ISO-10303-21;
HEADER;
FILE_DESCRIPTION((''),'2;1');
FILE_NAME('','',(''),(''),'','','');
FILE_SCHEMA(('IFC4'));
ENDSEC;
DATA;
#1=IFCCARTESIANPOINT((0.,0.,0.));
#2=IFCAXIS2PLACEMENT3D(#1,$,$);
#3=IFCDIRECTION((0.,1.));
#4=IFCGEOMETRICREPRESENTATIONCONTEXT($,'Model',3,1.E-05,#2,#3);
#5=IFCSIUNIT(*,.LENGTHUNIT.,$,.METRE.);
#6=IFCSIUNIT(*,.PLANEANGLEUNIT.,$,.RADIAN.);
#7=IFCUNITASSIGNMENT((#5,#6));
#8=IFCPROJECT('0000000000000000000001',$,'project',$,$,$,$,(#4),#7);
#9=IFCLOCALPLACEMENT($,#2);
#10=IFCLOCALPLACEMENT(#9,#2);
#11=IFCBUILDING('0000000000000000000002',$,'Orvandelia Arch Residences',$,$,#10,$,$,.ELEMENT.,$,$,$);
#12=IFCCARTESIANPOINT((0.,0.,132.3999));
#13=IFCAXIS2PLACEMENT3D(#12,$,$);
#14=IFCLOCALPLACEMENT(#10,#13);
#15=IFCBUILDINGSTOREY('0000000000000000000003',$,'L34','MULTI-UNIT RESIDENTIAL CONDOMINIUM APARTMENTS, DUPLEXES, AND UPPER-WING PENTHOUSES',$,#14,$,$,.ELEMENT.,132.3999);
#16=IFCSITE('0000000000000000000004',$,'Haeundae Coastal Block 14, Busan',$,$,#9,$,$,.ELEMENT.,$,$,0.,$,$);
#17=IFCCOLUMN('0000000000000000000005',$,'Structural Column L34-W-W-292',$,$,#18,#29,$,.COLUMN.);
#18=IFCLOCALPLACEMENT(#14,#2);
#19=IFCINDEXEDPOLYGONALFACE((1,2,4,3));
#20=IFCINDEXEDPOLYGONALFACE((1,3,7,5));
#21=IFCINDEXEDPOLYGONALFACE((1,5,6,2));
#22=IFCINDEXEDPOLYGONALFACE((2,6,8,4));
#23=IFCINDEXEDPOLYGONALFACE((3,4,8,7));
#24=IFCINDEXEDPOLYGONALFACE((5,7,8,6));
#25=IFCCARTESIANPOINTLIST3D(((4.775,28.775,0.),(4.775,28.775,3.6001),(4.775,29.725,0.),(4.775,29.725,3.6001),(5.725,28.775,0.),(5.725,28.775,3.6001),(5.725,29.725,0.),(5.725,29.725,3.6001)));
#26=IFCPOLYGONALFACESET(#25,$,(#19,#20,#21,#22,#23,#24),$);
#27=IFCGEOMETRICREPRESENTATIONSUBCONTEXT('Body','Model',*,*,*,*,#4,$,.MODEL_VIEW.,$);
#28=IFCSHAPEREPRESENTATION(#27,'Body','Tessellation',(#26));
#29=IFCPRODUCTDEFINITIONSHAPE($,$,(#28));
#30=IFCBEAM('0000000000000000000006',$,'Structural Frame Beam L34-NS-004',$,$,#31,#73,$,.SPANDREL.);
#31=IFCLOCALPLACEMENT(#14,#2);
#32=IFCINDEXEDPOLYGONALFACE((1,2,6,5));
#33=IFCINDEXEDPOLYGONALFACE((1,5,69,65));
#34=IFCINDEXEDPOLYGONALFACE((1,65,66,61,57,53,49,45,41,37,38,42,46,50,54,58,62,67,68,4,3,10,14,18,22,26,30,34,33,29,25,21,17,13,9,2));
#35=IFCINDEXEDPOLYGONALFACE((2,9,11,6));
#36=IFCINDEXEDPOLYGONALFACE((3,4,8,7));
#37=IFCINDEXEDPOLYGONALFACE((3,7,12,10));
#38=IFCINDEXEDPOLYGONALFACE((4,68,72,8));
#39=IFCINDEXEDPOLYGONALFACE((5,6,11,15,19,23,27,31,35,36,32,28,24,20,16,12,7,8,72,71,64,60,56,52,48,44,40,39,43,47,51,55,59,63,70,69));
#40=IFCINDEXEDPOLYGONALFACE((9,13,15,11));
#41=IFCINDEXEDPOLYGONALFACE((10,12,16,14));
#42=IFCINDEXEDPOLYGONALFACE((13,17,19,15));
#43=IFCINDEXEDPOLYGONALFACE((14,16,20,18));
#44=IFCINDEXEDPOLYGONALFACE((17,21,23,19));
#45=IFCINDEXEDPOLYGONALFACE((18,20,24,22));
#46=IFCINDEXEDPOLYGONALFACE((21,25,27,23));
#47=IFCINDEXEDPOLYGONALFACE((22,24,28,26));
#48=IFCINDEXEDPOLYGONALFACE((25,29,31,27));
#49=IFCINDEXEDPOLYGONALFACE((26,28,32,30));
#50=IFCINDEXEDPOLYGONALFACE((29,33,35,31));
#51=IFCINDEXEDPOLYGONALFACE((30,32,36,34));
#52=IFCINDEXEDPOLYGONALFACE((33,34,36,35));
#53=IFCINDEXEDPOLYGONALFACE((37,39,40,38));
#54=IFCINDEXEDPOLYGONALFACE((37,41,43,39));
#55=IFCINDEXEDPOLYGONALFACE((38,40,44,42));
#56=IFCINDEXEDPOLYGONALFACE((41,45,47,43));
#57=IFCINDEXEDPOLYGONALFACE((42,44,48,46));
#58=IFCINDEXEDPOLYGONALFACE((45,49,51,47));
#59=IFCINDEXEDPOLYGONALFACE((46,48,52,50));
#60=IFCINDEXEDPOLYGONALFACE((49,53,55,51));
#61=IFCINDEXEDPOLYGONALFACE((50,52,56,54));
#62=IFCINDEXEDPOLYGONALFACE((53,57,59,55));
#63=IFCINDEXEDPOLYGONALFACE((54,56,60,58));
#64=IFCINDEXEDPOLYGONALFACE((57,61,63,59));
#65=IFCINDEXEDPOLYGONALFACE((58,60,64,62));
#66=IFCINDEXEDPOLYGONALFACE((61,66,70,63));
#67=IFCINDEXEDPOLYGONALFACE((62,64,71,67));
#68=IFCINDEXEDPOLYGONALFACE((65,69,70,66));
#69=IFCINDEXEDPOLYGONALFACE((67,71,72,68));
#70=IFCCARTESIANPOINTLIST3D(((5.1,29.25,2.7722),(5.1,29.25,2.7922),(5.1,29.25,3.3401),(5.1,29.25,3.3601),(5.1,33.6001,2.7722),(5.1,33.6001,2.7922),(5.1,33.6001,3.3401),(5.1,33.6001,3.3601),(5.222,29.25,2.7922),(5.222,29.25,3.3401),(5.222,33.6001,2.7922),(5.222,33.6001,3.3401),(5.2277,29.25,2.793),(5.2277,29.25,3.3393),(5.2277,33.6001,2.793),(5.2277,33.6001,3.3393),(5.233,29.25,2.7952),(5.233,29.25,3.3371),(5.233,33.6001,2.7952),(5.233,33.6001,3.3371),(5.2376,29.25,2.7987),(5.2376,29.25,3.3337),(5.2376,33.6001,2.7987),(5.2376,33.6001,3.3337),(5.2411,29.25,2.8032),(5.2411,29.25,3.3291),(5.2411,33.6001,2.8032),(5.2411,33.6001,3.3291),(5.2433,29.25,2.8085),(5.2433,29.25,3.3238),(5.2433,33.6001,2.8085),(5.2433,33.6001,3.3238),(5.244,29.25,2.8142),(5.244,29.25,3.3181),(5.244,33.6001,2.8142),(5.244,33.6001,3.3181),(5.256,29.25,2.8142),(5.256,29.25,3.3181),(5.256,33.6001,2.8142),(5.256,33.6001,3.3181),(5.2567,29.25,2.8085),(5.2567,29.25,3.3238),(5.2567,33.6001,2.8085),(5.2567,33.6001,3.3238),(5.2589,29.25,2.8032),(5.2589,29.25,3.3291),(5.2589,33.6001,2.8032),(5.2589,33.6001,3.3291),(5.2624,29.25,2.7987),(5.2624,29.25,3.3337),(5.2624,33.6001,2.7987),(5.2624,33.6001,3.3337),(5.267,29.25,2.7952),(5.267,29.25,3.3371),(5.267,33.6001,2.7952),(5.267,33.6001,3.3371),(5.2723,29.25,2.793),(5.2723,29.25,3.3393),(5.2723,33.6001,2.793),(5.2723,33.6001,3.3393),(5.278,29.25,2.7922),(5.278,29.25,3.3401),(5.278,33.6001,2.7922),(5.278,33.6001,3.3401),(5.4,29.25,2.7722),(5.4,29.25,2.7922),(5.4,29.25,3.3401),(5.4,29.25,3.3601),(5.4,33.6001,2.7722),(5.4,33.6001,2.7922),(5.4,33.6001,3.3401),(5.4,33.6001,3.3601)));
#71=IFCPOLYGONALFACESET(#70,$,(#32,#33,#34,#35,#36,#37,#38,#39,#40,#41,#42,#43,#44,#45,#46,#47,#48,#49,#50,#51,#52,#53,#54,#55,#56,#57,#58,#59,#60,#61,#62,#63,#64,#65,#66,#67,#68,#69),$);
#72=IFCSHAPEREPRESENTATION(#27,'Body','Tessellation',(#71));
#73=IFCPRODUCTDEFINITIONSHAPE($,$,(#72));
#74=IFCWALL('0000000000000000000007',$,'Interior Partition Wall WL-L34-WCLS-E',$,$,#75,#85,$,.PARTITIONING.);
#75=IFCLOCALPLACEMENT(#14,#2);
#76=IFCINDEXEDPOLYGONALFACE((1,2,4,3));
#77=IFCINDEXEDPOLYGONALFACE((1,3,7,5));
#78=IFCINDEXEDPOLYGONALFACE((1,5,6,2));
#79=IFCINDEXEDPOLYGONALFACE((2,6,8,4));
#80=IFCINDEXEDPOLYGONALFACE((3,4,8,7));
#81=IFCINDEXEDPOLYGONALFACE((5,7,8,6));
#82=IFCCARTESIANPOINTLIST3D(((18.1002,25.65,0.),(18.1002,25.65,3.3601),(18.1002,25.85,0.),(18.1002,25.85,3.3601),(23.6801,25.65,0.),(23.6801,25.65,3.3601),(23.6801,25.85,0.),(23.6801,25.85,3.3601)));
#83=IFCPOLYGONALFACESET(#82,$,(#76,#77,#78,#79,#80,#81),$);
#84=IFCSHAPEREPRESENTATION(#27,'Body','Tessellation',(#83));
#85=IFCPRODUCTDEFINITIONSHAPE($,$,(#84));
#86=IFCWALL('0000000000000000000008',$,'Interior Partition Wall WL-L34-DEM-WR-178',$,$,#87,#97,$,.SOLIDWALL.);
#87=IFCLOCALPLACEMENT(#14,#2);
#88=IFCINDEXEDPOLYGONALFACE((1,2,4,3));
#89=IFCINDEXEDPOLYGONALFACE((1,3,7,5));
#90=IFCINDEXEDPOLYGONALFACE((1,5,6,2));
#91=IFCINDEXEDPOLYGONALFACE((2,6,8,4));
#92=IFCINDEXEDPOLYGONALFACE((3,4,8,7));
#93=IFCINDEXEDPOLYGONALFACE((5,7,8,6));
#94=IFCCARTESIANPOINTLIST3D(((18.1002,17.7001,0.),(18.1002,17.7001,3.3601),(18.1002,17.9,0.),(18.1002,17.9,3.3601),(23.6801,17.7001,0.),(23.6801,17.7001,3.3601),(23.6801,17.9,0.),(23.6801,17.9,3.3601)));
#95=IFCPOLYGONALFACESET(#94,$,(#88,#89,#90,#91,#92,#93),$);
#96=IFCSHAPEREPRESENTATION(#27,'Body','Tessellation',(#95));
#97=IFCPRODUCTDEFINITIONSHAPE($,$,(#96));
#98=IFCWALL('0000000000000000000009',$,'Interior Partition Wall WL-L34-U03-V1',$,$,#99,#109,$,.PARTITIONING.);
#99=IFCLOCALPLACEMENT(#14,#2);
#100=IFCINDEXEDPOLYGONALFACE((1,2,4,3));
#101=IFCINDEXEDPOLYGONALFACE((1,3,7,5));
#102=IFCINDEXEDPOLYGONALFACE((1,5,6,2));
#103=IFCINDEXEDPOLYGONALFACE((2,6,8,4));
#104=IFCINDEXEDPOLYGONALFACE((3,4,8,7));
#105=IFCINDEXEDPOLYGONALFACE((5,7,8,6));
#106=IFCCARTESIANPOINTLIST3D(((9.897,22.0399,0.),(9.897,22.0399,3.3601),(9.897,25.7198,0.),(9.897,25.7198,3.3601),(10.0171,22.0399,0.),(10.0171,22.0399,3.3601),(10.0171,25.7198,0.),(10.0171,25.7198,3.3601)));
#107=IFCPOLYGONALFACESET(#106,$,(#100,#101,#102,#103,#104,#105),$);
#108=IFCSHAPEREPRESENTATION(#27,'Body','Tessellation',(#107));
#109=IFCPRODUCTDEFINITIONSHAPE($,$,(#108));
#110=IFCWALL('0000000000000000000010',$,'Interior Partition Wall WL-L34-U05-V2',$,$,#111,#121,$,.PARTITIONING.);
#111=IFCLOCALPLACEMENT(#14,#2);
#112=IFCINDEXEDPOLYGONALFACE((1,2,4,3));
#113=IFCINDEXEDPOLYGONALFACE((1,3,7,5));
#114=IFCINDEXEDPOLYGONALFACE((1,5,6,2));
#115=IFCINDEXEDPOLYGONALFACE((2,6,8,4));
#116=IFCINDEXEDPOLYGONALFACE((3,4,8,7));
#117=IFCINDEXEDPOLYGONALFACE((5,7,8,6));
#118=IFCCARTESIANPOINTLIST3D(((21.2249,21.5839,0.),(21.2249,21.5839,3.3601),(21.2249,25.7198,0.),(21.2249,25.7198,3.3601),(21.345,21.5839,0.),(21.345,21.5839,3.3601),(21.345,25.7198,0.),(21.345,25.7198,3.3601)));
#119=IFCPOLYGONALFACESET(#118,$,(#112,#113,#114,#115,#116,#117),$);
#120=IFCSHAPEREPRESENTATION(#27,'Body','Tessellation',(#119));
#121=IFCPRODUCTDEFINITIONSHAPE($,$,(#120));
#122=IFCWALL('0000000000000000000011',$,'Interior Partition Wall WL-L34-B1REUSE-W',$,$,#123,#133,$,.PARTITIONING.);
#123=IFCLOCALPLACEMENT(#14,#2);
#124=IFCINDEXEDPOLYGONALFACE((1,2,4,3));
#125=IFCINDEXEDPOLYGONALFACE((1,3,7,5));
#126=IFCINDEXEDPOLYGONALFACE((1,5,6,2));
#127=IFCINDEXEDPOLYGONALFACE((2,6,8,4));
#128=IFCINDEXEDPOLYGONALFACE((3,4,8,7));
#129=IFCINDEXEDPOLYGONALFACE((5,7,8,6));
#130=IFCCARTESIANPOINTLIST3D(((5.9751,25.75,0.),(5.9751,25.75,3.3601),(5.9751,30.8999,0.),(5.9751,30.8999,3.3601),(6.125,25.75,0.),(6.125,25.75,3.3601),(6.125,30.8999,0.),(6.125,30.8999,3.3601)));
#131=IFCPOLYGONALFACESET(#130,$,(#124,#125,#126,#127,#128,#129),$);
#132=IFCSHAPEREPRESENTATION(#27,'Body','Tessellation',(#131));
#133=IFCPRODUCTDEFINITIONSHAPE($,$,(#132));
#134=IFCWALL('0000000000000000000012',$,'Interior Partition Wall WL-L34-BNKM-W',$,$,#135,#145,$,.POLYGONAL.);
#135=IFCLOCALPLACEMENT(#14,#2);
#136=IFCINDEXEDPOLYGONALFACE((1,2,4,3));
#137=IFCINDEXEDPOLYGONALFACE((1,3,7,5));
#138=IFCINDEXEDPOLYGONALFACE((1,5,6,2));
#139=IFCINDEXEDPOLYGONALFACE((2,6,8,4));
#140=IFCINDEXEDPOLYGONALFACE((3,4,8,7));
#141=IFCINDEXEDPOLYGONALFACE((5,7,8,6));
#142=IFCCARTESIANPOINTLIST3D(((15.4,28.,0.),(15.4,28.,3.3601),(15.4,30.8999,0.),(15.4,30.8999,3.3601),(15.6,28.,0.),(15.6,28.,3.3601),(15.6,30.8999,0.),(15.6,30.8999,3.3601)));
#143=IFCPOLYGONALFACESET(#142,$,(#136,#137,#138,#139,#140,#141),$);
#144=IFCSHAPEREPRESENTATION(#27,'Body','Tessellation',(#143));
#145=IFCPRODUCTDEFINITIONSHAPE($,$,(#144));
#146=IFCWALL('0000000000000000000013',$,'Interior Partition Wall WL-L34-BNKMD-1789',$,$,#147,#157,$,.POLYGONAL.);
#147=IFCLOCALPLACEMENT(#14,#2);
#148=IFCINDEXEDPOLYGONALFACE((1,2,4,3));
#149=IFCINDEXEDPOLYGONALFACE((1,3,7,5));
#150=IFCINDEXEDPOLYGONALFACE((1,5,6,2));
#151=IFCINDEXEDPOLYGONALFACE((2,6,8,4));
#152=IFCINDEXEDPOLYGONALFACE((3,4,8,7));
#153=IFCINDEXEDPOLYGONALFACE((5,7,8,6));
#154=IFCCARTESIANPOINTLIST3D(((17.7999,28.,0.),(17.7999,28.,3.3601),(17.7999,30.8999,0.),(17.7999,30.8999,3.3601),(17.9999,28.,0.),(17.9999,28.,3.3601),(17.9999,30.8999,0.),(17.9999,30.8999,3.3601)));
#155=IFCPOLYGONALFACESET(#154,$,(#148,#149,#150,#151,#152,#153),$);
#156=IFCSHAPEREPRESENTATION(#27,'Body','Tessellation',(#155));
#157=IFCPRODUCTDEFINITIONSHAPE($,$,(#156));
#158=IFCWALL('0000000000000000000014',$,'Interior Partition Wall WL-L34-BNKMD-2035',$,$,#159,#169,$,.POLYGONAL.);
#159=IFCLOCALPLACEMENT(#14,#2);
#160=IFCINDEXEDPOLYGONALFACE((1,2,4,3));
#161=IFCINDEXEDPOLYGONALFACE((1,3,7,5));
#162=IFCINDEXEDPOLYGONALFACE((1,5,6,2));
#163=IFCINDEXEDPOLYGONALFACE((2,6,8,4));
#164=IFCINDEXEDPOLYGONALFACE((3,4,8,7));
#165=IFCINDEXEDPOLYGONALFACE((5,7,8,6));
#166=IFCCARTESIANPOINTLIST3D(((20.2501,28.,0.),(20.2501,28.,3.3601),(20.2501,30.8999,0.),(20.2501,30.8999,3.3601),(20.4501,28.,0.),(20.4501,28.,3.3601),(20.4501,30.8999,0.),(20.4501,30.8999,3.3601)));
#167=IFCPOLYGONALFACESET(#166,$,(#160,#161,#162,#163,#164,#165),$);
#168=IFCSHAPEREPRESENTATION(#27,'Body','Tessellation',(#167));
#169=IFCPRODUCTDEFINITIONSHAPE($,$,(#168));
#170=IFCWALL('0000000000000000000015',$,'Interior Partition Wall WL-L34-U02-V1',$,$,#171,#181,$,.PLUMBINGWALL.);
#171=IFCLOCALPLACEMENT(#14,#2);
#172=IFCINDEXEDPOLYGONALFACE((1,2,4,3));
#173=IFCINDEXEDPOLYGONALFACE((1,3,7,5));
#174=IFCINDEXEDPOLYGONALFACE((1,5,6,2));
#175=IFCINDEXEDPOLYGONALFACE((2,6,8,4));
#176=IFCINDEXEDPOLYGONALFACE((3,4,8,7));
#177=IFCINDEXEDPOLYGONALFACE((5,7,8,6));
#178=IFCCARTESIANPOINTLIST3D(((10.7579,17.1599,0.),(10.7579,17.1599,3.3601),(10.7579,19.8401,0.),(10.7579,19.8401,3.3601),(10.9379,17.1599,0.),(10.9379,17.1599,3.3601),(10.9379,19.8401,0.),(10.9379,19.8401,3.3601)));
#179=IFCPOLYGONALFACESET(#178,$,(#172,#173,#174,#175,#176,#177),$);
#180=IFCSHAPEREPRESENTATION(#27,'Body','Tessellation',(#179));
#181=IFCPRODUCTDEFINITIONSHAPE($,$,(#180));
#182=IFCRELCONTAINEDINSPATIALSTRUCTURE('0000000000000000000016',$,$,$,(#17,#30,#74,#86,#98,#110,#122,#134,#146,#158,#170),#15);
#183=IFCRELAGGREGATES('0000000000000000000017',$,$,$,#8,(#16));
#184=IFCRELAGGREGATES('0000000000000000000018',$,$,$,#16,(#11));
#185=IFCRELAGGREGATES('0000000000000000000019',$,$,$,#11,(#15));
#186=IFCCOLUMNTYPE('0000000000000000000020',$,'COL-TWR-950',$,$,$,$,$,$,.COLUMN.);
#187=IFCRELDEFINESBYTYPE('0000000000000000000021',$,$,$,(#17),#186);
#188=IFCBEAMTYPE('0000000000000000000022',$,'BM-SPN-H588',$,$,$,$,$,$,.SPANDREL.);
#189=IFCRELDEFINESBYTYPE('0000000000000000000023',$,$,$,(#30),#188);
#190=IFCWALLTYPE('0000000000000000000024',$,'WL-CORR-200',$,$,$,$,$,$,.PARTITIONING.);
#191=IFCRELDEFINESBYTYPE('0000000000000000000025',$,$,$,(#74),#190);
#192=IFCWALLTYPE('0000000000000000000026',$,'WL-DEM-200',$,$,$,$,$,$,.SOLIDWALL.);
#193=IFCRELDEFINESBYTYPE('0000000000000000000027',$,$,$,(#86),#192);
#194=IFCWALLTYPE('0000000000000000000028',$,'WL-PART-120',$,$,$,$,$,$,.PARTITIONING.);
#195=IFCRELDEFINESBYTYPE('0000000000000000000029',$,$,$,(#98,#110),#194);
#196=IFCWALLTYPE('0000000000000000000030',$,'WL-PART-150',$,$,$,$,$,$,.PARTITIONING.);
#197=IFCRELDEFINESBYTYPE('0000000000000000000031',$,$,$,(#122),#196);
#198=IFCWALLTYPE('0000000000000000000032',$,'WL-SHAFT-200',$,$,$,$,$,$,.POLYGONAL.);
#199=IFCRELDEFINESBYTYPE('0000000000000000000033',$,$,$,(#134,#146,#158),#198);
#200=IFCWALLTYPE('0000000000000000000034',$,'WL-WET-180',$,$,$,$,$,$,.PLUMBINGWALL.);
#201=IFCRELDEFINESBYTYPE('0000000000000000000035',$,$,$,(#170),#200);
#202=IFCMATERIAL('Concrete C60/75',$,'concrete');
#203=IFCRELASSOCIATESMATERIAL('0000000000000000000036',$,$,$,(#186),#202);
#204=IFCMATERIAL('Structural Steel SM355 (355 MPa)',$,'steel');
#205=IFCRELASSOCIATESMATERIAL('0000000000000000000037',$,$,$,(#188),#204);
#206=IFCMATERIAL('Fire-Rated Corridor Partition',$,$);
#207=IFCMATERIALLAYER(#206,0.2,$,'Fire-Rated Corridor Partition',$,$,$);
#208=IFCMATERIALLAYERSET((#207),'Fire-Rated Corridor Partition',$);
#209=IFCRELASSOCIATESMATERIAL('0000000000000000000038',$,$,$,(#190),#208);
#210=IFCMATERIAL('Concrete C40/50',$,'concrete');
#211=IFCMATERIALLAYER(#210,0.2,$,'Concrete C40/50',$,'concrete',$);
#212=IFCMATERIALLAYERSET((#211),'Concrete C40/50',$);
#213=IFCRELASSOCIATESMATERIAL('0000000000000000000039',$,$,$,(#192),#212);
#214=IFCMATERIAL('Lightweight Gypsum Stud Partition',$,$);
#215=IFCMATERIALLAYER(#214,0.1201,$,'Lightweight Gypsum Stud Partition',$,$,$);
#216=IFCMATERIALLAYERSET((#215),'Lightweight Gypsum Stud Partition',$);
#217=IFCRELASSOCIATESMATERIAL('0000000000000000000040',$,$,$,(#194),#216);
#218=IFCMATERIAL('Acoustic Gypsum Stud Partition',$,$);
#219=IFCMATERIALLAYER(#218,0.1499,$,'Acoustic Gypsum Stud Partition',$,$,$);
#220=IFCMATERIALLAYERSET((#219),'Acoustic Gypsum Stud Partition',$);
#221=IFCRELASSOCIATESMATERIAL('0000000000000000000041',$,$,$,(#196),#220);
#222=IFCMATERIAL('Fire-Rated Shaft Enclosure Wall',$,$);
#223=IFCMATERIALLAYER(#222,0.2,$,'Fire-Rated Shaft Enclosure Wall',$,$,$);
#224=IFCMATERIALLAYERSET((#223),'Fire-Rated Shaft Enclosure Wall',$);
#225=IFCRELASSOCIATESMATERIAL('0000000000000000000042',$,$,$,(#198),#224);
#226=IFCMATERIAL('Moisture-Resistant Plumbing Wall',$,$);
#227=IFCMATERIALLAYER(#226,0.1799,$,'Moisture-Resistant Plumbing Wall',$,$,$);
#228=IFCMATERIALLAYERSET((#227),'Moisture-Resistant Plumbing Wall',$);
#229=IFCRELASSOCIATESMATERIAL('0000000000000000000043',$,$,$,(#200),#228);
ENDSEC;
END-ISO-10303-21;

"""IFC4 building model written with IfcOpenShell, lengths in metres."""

from ifc_helpers import new_model, si_unit, direction, frame, frame_2d, origin, origin_2d, place, context, subcontext, project, spatial, rectangle, i_section, extrude, material, layer, layer_set, material_profile, profile_set, type_object, element, save


model = new_model("IFC4")

# Units and contexts
model_context = context("Model", 3, precision=1e-05, world=origin(), true_north=direction((0.0, 1.0)))
body_context = subcontext(model_context, "Body", "Model", "MODEL_VIEW")
ifc_project = project(units=[si_unit("LENGTHUNIT", "METRE"), si_unit("PLANEANGLEUNIT", "RADIAN")], contexts=[model_context])

# Site, building, storey
site_placement = place(None, origin())
site = spatial("IfcSite", under=ifc_project, at=site_placement, Name="Haeundae Coastal Block 14, Busan", CompositionType="ELEMENT", RefElevation=0.0)
building_placement = place(site_placement, origin())
building = spatial("IfcBuilding", under=site, at=building_placement, Name="Orvandelia Arch Residences", CompositionType="ELEMENT")
storey_placement = place(building_placement, frame((0.0, 0.0, 132.3999)))
storey = spatial("IfcBuildingStorey", under=building, at=storey_placement, Name="L34", Description="MULTI-UNIT RESIDENTIAL CONDOMINIUM APARTMENTS, DUPLEXES, AND UPPER-WING PENTHOUSES", CompositionType="ELEMENT", Elevation=132.3999)

# Column
ifc_material_1 = material(Name="Concrete C60/75", Category="concrete")
ifc_material_profile_1 = material_profile(ifc_material_1, rectangle(XDim=0.95, YDim=0.95, at=origin_2d()), Name="Concrete C60/75", Category="concrete")
ifc_profile_set_1 = profile_set([ifc_material_profile_1], Name="Concrete C60/75")
column_type = type_object("IfcColumnType", Name="COL-TWR-950", PredefinedType="COLUMN", material=ifc_profile_set_1)
column_placement = place(storey_placement, frame((5.25, 29.25, 0.0), z_axis=(0.0, 0.0, 1.0), x_axis=(1.0, 0.0, 0.0)))
element("IfcColumn", 1, at=column_placement, inside=storey, type_object=column_type, Name="Structural Column L34-W-W-292", PredefinedType="COLUMN", context=body_context, shape_type="SweptSolid", body=[
    extrude(rectangle(XDim=0.95, YDim=0.95, at=origin_2d()), origin(), (0.0, 0.0, 1.0), 3.6001),
])

# Beam
ifc_material_2 = material(Name="Structural Steel SM355 (355 MPa)", Category="steel")
ifc_material_profile_2 = material_profile(ifc_material_2, i_section(OverallWidth=0.3, OverallDepth=0.5879, WebThickness=0.012, FlangeThickness=0.02, FilletRadius=0.022, at=origin_2d()), Name="Structural Steel SM355 (355 MPa)", Category="steel")
ifc_profile_set_2 = profile_set([ifc_material_profile_2], Name="Structural Steel SM355 (355 MPa)")
beam_type = type_object("IfcBeamType", Name="BM-SPN-H588", PredefinedType="SPANDREL", material=ifc_profile_set_2)
beam_placement = place(storey_placement, frame((5.25, 29.25, 3.0662), z_axis=(0.0, 1.0, 0.0), x_axis=(-1.0, 0.0, 0.0)))
element("IfcBeam", 2, at=beam_placement, inside=storey, type_object=beam_type, Name="Structural Frame Beam L34-NS-004", PredefinedType="SPANDREL", context=body_context, shape_type="SweptSolid", body=[
    extrude(i_section(OverallWidth=0.3, OverallDepth=0.5879, WebThickness=0.012, FlangeThickness=0.02, FilletRadius=0.022, at=origin_2d()), origin(), (0.0, 0.0, 1.0), 4.3501),
])

# Walls
ifc_material_3 = material(Name="Fire-Rated Corridor Partition")
ifc_layer_1 = layer(ifc_material_3, 0.2, Name="Fire-Rated Corridor Partition")
ifc_layer_set_1 = layer_set([ifc_layer_1], Name="Fire-Rated Corridor Partition")
wall_type_1 = type_object("IfcWallType", Name="WL-CORR-200", PredefinedType="PARTITIONING", material=ifc_layer_set_1)
wall_1_placement = place(storey_placement, frame((18.1001, 25.75, 0.0), z_axis=(0.0, 0.0, 1.0), x_axis=(1.0, 0.0, 0.0)))
element("IfcWall", 3, at=wall_1_placement, inside=storey, type_object=wall_type_1, Name="Interior Partition Wall WL-L34-WCLS-E", PredefinedType="PARTITIONING", context=body_context, shape_type="SweptSolid", body=[
    extrude(rectangle(XDim=5.5798, YDim=0.2, at=frame_2d((2.79, 0.0))), origin(), (0.0, 0.0, 1.0), 3.3601),
])
ifc_material_4 = material(Name="Concrete C40/50", Category="concrete")
ifc_layer_2 = layer(ifc_material_4, 0.2, Name="Concrete C40/50", Category="concrete")
ifc_layer_set_2 = layer_set([ifc_layer_2], Name="Concrete C40/50")
wall_type_2 = type_object("IfcWallType", Name="WL-DEM-200", PredefinedType="SOLIDWALL", material=ifc_layer_set_2)
wall_2_placement = place(storey_placement, frame((18.1001, 17.8, 0.0), z_axis=(0.0, 0.0, 1.0), x_axis=(1.0, 0.0, 0.0)))
element("IfcWall", 4, at=wall_2_placement, inside=storey, type_object=wall_type_2, Name="Interior Partition Wall WL-L34-DEM-WR-178", PredefinedType="SOLIDWALL", context=body_context, shape_type="SweptSolid", body=[
    extrude(rectangle(XDim=5.5798, YDim=0.2, at=frame_2d((2.79, 0.0))), origin(), (0.0, 0.0, 1.0), 3.3601),
])
ifc_material_5 = material(Name="Lightweight Gypsum Stud Partition")
ifc_layer_3 = layer(ifc_material_5, 0.1201, Name="Lightweight Gypsum Stud Partition")
ifc_layer_set_3 = layer_set([ifc_layer_3], Name="Lightweight Gypsum Stud Partition")
wall_type_3 = type_object("IfcWallType", Name="WL-PART-120", PredefinedType="PARTITIONING", material=ifc_layer_set_3)
wall_3_placement = place(storey_placement, frame((9.957, 22.04, 0.0), z_axis=(0.0, 0.0, 1.0), x_axis=(0.0, 1.0, 0.0)))
element("IfcWall", 5, at=wall_3_placement, inside=storey, type_object=wall_type_3, Name="Interior Partition Wall WL-L34-U03-V1", PredefinedType="PARTITIONING", context=body_context, shape_type="SweptSolid", body=[
    extrude(rectangle(XDim=3.6799, YDim=0.1201, at=frame_2d((1.8398, 0.0))), origin(), (0.0, 0.0, 1.0), 3.3601),
])
wall_4_placement = place(storey_placement, frame((21.2849, 21.584, 0.0), z_axis=(0.0, 0.0, 1.0), x_axis=(0.0, 1.0, 0.0)))
element("IfcWall", 6, at=wall_4_placement, inside=storey, type_object=wall_type_3, Name="Interior Partition Wall WL-L34-U05-V2", PredefinedType="PARTITIONING", context=body_context, shape_type="SweptSolid", body=[
    extrude(rectangle(XDim=4.136, YDim=0.1201, at=frame_2d((2.0679, 0.0))), origin(), (0.0, 0.0, 1.0), 3.3601),
])
ifc_material_6 = material(Name="Acoustic Gypsum Stud Partition")
ifc_layer_4 = layer(ifc_material_6, 0.1499, Name="Acoustic Gypsum Stud Partition")
ifc_layer_set_4 = layer_set([ifc_layer_4], Name="Acoustic Gypsum Stud Partition")
wall_type_4 = type_object("IfcWallType", Name="WL-PART-150", PredefinedType="PARTITIONING", material=ifc_layer_set_4)
wall_5_placement = place(storey_placement, frame((6.05, 25.75, 0.0), z_axis=(0.0, 0.0, 1.0), x_axis=(0.0, 1.0, 0.0)))
element("IfcWall", 7, at=wall_5_placement, inside=storey, type_object=wall_type_4, Name="Interior Partition Wall WL-L34-B1REUSE-W", PredefinedType="PARTITIONING", context=body_context, shape_type="SweptSolid", body=[
    extrude(rectangle(XDim=5.1499, YDim=0.1499, at=frame_2d((2.575, 0.0))), origin(), (0.0, 0.0, 1.0), 3.3601),
])

# Shared definitions
ifc_material_7 = material(Name="Fire-Rated Shaft Enclosure Wall")
ifc_layer_5 = layer(ifc_material_7, 0.2, Name="Fire-Rated Shaft Enclosure Wall")
ifc_layer_set_5 = layer_set([ifc_layer_5], Name="Fire-Rated Shaft Enclosure Wall")
wall_type_5 = type_object("IfcWallType", Name="WL-SHAFT-200", PredefinedType="POLYGONAL", material=ifc_layer_set_5)

# Walls
for number, where, z_axis, x_axis, name in (
    (8, (15.5, 28.0, 0.0), (0.0, 0.0, 1.0), (0.0, 1.0, 0.0), "Interior Partition Wall WL-L34-BNKM-W"),
    (9, (17.8999, 28.0, 0.0), (0.0, 0.0, 1.0), (0.0, 1.0, 0.0), "Interior Partition Wall WL-L34-BNKMD-1789"),
    (10, (20.3501, 28.0, 0.0), (0.0, 0.0, 1.0), (0.0, 1.0, 0.0), "Interior Partition Wall WL-L34-BNKMD-2035"),
):
    element("IfcWall", number, at=place(storey_placement, frame(where, z_axis=z_axis, x_axis=x_axis)), inside=storey, type_object=wall_type_5, Name=name, PredefinedType="POLYGONAL", context=body_context, shape_type="SweptSolid", body=[
        extrude(rectangle(XDim=2.8999, YDim=0.2, at=frame_2d((1.45, 0.0))), origin(), (0.0, 0.0, 1.0), 3.3601),
    ])
ifc_material_8 = material(Name="Moisture-Resistant Plumbing Wall")
ifc_layer_6 = layer(ifc_material_8, 0.1799, Name="Moisture-Resistant Plumbing Wall")
ifc_layer_set_6 = layer_set([ifc_layer_6], Name="Moisture-Resistant Plumbing Wall")
wall_type_6 = type_object("IfcWallType", Name="WL-WET-180", PredefinedType="PLUMBINGWALL", material=ifc_layer_set_6)
wall_6_placement = place(storey_placement, frame((10.8479, 17.1599, 0.0), z_axis=(0.0, 0.0, 1.0), x_axis=(0.0, 1.0, 0.0)))
element("IfcWall", 11, at=wall_6_placement, inside=storey, type_object=wall_type_6, Name="Interior Partition Wall WL-L34-U02-V1", PredefinedType="PLUMBINGWALL", context=body_context, shape_type="SweptSolid", body=[
    extrude(rectangle(XDim=2.6802, YDim=0.1799, at=frame_2d((1.3401, 0.0))), origin(), (0.0, 0.0, 1.0), 3.3601),
])

save(model, "model.ifc")
